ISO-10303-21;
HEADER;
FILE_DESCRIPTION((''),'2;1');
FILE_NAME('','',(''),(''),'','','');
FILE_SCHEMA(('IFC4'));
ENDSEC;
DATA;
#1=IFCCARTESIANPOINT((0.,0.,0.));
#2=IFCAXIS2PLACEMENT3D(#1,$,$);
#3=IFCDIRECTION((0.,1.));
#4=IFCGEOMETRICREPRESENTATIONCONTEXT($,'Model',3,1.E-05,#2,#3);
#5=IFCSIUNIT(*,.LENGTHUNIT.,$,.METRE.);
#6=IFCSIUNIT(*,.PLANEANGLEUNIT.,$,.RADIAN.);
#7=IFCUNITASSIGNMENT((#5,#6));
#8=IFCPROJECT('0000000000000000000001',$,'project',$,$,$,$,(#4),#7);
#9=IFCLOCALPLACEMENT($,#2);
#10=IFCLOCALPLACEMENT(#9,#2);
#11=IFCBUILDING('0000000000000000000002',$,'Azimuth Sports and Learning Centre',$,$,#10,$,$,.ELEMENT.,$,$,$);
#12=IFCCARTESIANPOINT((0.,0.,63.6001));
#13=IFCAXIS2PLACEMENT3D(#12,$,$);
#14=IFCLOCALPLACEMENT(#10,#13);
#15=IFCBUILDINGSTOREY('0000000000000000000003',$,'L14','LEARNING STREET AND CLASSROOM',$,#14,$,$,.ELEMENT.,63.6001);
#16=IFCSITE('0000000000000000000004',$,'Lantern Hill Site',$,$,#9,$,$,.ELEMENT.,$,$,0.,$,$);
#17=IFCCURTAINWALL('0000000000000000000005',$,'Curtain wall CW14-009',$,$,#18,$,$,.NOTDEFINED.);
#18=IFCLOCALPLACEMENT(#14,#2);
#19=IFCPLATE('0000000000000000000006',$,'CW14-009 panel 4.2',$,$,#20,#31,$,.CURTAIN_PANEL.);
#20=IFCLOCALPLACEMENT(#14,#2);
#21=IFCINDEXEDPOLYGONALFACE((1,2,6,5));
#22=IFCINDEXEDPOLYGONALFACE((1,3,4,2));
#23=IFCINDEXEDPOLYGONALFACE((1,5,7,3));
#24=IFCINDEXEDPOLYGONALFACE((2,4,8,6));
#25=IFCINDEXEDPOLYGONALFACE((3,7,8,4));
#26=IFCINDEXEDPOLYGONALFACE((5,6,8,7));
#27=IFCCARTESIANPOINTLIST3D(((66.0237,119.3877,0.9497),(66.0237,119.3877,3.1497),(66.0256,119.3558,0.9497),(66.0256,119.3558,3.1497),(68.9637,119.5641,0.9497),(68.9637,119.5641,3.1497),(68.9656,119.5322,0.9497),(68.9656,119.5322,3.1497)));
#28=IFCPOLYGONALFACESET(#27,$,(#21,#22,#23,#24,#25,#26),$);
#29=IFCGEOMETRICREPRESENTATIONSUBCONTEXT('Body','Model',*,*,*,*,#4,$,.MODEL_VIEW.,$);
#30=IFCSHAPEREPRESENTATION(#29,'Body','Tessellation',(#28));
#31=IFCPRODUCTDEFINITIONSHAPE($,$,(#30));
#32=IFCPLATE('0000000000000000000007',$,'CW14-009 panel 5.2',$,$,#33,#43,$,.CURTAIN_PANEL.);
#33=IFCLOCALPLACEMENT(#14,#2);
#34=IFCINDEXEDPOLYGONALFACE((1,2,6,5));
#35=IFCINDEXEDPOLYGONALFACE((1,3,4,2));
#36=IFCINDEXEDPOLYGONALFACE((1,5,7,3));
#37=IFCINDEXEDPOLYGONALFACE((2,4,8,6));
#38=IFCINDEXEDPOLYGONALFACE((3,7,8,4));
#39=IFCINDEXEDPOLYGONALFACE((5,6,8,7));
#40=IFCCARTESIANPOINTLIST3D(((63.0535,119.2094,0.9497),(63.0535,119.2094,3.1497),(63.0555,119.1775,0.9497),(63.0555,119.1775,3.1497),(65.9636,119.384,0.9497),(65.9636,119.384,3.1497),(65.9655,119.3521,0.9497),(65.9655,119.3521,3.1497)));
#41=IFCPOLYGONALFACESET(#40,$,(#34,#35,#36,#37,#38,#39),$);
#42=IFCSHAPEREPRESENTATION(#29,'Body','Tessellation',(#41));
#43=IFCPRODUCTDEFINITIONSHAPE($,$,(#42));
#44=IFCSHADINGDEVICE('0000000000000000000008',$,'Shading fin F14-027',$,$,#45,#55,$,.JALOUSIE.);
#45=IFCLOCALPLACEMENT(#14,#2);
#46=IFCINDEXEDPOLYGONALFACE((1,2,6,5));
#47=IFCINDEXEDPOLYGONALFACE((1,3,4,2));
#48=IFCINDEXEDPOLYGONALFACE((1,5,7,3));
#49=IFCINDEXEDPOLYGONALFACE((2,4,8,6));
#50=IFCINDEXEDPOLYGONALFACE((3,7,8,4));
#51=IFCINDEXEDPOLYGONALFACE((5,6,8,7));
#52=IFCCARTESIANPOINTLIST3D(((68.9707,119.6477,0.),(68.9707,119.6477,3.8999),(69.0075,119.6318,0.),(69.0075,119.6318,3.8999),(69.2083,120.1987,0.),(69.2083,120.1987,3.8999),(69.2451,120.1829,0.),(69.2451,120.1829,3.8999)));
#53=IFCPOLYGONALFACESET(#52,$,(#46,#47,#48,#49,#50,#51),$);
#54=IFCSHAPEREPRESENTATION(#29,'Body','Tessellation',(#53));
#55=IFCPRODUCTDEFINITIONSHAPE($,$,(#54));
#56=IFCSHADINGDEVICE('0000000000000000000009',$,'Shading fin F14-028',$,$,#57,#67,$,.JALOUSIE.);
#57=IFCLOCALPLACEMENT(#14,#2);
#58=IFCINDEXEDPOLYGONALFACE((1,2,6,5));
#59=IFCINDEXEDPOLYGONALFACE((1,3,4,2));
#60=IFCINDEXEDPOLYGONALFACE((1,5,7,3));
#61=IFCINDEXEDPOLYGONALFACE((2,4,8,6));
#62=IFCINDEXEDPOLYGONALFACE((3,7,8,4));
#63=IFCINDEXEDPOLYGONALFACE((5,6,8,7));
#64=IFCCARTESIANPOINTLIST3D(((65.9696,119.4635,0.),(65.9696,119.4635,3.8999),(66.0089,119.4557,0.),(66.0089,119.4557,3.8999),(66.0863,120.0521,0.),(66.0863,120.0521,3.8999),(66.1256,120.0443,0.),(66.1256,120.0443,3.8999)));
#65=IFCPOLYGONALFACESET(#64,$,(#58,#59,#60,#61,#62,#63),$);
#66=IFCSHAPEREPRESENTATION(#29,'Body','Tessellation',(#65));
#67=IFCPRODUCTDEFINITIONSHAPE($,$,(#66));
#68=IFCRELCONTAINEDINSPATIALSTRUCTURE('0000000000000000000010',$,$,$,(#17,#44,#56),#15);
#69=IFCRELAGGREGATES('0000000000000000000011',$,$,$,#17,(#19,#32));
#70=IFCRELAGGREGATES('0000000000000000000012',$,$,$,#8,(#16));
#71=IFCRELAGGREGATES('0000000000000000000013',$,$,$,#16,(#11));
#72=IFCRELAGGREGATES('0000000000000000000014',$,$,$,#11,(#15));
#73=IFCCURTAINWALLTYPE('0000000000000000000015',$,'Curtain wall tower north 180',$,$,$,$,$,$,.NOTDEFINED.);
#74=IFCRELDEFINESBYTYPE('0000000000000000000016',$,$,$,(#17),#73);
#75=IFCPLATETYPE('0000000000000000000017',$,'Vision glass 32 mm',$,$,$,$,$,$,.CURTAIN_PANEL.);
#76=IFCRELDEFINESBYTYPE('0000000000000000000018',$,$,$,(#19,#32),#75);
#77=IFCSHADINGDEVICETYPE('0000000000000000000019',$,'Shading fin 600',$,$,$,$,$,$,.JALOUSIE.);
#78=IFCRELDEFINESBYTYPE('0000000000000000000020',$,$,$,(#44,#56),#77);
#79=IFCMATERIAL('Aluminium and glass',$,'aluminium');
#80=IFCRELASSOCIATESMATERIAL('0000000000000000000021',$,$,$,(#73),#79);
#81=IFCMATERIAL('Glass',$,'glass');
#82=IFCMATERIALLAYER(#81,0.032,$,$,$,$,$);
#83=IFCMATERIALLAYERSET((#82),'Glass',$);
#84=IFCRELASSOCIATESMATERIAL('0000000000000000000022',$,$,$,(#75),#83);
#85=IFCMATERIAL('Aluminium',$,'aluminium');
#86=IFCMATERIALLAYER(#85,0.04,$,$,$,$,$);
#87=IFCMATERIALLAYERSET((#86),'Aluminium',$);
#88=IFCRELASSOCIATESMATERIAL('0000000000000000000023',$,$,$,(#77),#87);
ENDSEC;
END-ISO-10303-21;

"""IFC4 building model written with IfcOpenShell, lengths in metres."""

from ifc_helpers import new_model, si_unit, direction, frame, origin, origin_2d, place, context, subcontext, project, spatial, rectangle, extrude, material, layer, layer_set, type_object, element, aggregate, save


model = new_model("IFC4")

# Units and contexts
model_context = context("Model", 3, precision=1e-05, world=origin(), true_north=direction((0.0, 1.0)))
body_context = subcontext(model_context, "Body", "Model", "MODEL_VIEW")
ifc_project = project(units=[si_unit("LENGTHUNIT", "METRE"), si_unit("PLANEANGLEUNIT", "RADIAN")], contexts=[model_context])

# Site, building, storey
site_placement = place(None, origin())
site = spatial("IfcSite", under=ifc_project, at=site_placement, Name="Lantern Hill Site", CompositionType="ELEMENT", RefElevation=0.0)
building_placement = place(site_placement, origin())
building = spatial("IfcBuilding", under=site, at=building_placement, Name="Azimuth Sports and Learning Centre", CompositionType="ELEMENT")
storey_placement = place(building_placement, frame((0.0, 0.0, 63.6001)))
storey = spatial("IfcBuildingStorey", under=building, at=storey_placement, Name="L14", Description="LEARNING STREET AND CLASSROOM", CompositionType="ELEMENT", Elevation=63.6001)

# Curtain wall, plates
ifc_material_1 = material(Name="Aluminium and glass", Category="aluminium")
curtain_wall_type = type_object("IfcCurtainWallType", Name="Curtain wall tower north 180", PredefinedType="NOTDEFINED", material=ifc_material_1)
curtain_wall_placement = place(storey_placement, origin())
curtain_wall = element("IfcCurtainWall", 1, at=curtain_wall_placement, inside=storey, type_object=curtain_wall_type, Name="Curtain wall CW14-009", PredefinedType="NOTDEFINED")
ifc_material_2 = material(Name="Glass", Category="glass")
ifc_layer_1 = layer(ifc_material_2, 0.032)
ifc_layer_set_1 = layer_set([ifc_layer_1], Name="Glass")
plate_type_1 = type_object("IfcPlateType", Name="Vision glass 32 mm", PredefinedType="CURTAIN_PANEL", material=ifc_layer_set_1)
plate_1_placement = place(storey_placement, frame((67.4946, 119.46, 0.9497), z_axis=(0.0, 0.0, 1.0), x_axis=(-0.998205, -0.059892, 0.0)))
plate_1 = element("IfcPlate", 2, at=plate_1_placement, type_object=plate_type_1, Name="CW14-009 panel 4.2", PredefinedType="CURTAIN_PANEL", context=body_context, shape_type="SweptSolid", body=[
    extrude(rectangle(XDim=2.9453, YDim=0.032, at=origin_2d()), origin(), (0.0, 0.0, 1.0), 2.2),
])
plate_2_placement = place(storey_placement, frame((64.5095, 119.2808, 0.9497), z_axis=(0.0, 0.0, 1.0), x_axis=(-0.998205, -0.059892, 0.0)))
plate_2 = element("IfcPlate", 3, at=plate_2_placement, type_object=plate_type_1, Name="CW14-009 panel 5.2", PredefinedType="CURTAIN_PANEL", context=body_context, shape_type="SweptSolid", body=[
    extrude(rectangle(XDim=2.9153, YDim=0.032, at=origin_2d()), origin(), (0.0, 0.0, 1.0), 2.2),
])
aggregate(curtain_wall, [plate_1, plate_2])

# Shading devices
ifc_material_3 = material(Name="Aluminium", Category="aluminium")
ifc_layer_2 = layer(ifc_material_3, 0.04)
ifc_layer_set_2 = layer_set([ifc_layer_2], Name="Aluminium")
shading_device_type = type_object("IfcShadingDeviceType", Name="Shading fin 600", PredefinedType="JALOUSIE", material=ifc_layer_set_2)
for number, where, z_axis, x_axis, name in (
    (4, (69.1079, 119.9153, 0.0), (0.0, 0.0, 1.0), (0.39586, 0.918311, 0.0), "Shading fin F14-027"),
    (5, (66.0476, 119.7539, 0.0), (0.0, 0.0, 1.0), (0.194387, 0.980925, 0.0), "Shading fin F14-028"),
):
    element("IfcShadingDevice", number, at=place(storey_placement, frame(where, z_axis=z_axis, x_axis=x_axis)), inside=storey, type_object=shading_device_type, Name=name, PredefinedType="JALOUSIE", context=body_context, shape_type="SweptSolid", body=[
        extrude(rectangle(XDim=0.6001, YDim=0.04, at=origin_2d()), origin(), (0.0, 0.0, 1.0), 3.8999),
    ])

save(model, "model.ifc")
